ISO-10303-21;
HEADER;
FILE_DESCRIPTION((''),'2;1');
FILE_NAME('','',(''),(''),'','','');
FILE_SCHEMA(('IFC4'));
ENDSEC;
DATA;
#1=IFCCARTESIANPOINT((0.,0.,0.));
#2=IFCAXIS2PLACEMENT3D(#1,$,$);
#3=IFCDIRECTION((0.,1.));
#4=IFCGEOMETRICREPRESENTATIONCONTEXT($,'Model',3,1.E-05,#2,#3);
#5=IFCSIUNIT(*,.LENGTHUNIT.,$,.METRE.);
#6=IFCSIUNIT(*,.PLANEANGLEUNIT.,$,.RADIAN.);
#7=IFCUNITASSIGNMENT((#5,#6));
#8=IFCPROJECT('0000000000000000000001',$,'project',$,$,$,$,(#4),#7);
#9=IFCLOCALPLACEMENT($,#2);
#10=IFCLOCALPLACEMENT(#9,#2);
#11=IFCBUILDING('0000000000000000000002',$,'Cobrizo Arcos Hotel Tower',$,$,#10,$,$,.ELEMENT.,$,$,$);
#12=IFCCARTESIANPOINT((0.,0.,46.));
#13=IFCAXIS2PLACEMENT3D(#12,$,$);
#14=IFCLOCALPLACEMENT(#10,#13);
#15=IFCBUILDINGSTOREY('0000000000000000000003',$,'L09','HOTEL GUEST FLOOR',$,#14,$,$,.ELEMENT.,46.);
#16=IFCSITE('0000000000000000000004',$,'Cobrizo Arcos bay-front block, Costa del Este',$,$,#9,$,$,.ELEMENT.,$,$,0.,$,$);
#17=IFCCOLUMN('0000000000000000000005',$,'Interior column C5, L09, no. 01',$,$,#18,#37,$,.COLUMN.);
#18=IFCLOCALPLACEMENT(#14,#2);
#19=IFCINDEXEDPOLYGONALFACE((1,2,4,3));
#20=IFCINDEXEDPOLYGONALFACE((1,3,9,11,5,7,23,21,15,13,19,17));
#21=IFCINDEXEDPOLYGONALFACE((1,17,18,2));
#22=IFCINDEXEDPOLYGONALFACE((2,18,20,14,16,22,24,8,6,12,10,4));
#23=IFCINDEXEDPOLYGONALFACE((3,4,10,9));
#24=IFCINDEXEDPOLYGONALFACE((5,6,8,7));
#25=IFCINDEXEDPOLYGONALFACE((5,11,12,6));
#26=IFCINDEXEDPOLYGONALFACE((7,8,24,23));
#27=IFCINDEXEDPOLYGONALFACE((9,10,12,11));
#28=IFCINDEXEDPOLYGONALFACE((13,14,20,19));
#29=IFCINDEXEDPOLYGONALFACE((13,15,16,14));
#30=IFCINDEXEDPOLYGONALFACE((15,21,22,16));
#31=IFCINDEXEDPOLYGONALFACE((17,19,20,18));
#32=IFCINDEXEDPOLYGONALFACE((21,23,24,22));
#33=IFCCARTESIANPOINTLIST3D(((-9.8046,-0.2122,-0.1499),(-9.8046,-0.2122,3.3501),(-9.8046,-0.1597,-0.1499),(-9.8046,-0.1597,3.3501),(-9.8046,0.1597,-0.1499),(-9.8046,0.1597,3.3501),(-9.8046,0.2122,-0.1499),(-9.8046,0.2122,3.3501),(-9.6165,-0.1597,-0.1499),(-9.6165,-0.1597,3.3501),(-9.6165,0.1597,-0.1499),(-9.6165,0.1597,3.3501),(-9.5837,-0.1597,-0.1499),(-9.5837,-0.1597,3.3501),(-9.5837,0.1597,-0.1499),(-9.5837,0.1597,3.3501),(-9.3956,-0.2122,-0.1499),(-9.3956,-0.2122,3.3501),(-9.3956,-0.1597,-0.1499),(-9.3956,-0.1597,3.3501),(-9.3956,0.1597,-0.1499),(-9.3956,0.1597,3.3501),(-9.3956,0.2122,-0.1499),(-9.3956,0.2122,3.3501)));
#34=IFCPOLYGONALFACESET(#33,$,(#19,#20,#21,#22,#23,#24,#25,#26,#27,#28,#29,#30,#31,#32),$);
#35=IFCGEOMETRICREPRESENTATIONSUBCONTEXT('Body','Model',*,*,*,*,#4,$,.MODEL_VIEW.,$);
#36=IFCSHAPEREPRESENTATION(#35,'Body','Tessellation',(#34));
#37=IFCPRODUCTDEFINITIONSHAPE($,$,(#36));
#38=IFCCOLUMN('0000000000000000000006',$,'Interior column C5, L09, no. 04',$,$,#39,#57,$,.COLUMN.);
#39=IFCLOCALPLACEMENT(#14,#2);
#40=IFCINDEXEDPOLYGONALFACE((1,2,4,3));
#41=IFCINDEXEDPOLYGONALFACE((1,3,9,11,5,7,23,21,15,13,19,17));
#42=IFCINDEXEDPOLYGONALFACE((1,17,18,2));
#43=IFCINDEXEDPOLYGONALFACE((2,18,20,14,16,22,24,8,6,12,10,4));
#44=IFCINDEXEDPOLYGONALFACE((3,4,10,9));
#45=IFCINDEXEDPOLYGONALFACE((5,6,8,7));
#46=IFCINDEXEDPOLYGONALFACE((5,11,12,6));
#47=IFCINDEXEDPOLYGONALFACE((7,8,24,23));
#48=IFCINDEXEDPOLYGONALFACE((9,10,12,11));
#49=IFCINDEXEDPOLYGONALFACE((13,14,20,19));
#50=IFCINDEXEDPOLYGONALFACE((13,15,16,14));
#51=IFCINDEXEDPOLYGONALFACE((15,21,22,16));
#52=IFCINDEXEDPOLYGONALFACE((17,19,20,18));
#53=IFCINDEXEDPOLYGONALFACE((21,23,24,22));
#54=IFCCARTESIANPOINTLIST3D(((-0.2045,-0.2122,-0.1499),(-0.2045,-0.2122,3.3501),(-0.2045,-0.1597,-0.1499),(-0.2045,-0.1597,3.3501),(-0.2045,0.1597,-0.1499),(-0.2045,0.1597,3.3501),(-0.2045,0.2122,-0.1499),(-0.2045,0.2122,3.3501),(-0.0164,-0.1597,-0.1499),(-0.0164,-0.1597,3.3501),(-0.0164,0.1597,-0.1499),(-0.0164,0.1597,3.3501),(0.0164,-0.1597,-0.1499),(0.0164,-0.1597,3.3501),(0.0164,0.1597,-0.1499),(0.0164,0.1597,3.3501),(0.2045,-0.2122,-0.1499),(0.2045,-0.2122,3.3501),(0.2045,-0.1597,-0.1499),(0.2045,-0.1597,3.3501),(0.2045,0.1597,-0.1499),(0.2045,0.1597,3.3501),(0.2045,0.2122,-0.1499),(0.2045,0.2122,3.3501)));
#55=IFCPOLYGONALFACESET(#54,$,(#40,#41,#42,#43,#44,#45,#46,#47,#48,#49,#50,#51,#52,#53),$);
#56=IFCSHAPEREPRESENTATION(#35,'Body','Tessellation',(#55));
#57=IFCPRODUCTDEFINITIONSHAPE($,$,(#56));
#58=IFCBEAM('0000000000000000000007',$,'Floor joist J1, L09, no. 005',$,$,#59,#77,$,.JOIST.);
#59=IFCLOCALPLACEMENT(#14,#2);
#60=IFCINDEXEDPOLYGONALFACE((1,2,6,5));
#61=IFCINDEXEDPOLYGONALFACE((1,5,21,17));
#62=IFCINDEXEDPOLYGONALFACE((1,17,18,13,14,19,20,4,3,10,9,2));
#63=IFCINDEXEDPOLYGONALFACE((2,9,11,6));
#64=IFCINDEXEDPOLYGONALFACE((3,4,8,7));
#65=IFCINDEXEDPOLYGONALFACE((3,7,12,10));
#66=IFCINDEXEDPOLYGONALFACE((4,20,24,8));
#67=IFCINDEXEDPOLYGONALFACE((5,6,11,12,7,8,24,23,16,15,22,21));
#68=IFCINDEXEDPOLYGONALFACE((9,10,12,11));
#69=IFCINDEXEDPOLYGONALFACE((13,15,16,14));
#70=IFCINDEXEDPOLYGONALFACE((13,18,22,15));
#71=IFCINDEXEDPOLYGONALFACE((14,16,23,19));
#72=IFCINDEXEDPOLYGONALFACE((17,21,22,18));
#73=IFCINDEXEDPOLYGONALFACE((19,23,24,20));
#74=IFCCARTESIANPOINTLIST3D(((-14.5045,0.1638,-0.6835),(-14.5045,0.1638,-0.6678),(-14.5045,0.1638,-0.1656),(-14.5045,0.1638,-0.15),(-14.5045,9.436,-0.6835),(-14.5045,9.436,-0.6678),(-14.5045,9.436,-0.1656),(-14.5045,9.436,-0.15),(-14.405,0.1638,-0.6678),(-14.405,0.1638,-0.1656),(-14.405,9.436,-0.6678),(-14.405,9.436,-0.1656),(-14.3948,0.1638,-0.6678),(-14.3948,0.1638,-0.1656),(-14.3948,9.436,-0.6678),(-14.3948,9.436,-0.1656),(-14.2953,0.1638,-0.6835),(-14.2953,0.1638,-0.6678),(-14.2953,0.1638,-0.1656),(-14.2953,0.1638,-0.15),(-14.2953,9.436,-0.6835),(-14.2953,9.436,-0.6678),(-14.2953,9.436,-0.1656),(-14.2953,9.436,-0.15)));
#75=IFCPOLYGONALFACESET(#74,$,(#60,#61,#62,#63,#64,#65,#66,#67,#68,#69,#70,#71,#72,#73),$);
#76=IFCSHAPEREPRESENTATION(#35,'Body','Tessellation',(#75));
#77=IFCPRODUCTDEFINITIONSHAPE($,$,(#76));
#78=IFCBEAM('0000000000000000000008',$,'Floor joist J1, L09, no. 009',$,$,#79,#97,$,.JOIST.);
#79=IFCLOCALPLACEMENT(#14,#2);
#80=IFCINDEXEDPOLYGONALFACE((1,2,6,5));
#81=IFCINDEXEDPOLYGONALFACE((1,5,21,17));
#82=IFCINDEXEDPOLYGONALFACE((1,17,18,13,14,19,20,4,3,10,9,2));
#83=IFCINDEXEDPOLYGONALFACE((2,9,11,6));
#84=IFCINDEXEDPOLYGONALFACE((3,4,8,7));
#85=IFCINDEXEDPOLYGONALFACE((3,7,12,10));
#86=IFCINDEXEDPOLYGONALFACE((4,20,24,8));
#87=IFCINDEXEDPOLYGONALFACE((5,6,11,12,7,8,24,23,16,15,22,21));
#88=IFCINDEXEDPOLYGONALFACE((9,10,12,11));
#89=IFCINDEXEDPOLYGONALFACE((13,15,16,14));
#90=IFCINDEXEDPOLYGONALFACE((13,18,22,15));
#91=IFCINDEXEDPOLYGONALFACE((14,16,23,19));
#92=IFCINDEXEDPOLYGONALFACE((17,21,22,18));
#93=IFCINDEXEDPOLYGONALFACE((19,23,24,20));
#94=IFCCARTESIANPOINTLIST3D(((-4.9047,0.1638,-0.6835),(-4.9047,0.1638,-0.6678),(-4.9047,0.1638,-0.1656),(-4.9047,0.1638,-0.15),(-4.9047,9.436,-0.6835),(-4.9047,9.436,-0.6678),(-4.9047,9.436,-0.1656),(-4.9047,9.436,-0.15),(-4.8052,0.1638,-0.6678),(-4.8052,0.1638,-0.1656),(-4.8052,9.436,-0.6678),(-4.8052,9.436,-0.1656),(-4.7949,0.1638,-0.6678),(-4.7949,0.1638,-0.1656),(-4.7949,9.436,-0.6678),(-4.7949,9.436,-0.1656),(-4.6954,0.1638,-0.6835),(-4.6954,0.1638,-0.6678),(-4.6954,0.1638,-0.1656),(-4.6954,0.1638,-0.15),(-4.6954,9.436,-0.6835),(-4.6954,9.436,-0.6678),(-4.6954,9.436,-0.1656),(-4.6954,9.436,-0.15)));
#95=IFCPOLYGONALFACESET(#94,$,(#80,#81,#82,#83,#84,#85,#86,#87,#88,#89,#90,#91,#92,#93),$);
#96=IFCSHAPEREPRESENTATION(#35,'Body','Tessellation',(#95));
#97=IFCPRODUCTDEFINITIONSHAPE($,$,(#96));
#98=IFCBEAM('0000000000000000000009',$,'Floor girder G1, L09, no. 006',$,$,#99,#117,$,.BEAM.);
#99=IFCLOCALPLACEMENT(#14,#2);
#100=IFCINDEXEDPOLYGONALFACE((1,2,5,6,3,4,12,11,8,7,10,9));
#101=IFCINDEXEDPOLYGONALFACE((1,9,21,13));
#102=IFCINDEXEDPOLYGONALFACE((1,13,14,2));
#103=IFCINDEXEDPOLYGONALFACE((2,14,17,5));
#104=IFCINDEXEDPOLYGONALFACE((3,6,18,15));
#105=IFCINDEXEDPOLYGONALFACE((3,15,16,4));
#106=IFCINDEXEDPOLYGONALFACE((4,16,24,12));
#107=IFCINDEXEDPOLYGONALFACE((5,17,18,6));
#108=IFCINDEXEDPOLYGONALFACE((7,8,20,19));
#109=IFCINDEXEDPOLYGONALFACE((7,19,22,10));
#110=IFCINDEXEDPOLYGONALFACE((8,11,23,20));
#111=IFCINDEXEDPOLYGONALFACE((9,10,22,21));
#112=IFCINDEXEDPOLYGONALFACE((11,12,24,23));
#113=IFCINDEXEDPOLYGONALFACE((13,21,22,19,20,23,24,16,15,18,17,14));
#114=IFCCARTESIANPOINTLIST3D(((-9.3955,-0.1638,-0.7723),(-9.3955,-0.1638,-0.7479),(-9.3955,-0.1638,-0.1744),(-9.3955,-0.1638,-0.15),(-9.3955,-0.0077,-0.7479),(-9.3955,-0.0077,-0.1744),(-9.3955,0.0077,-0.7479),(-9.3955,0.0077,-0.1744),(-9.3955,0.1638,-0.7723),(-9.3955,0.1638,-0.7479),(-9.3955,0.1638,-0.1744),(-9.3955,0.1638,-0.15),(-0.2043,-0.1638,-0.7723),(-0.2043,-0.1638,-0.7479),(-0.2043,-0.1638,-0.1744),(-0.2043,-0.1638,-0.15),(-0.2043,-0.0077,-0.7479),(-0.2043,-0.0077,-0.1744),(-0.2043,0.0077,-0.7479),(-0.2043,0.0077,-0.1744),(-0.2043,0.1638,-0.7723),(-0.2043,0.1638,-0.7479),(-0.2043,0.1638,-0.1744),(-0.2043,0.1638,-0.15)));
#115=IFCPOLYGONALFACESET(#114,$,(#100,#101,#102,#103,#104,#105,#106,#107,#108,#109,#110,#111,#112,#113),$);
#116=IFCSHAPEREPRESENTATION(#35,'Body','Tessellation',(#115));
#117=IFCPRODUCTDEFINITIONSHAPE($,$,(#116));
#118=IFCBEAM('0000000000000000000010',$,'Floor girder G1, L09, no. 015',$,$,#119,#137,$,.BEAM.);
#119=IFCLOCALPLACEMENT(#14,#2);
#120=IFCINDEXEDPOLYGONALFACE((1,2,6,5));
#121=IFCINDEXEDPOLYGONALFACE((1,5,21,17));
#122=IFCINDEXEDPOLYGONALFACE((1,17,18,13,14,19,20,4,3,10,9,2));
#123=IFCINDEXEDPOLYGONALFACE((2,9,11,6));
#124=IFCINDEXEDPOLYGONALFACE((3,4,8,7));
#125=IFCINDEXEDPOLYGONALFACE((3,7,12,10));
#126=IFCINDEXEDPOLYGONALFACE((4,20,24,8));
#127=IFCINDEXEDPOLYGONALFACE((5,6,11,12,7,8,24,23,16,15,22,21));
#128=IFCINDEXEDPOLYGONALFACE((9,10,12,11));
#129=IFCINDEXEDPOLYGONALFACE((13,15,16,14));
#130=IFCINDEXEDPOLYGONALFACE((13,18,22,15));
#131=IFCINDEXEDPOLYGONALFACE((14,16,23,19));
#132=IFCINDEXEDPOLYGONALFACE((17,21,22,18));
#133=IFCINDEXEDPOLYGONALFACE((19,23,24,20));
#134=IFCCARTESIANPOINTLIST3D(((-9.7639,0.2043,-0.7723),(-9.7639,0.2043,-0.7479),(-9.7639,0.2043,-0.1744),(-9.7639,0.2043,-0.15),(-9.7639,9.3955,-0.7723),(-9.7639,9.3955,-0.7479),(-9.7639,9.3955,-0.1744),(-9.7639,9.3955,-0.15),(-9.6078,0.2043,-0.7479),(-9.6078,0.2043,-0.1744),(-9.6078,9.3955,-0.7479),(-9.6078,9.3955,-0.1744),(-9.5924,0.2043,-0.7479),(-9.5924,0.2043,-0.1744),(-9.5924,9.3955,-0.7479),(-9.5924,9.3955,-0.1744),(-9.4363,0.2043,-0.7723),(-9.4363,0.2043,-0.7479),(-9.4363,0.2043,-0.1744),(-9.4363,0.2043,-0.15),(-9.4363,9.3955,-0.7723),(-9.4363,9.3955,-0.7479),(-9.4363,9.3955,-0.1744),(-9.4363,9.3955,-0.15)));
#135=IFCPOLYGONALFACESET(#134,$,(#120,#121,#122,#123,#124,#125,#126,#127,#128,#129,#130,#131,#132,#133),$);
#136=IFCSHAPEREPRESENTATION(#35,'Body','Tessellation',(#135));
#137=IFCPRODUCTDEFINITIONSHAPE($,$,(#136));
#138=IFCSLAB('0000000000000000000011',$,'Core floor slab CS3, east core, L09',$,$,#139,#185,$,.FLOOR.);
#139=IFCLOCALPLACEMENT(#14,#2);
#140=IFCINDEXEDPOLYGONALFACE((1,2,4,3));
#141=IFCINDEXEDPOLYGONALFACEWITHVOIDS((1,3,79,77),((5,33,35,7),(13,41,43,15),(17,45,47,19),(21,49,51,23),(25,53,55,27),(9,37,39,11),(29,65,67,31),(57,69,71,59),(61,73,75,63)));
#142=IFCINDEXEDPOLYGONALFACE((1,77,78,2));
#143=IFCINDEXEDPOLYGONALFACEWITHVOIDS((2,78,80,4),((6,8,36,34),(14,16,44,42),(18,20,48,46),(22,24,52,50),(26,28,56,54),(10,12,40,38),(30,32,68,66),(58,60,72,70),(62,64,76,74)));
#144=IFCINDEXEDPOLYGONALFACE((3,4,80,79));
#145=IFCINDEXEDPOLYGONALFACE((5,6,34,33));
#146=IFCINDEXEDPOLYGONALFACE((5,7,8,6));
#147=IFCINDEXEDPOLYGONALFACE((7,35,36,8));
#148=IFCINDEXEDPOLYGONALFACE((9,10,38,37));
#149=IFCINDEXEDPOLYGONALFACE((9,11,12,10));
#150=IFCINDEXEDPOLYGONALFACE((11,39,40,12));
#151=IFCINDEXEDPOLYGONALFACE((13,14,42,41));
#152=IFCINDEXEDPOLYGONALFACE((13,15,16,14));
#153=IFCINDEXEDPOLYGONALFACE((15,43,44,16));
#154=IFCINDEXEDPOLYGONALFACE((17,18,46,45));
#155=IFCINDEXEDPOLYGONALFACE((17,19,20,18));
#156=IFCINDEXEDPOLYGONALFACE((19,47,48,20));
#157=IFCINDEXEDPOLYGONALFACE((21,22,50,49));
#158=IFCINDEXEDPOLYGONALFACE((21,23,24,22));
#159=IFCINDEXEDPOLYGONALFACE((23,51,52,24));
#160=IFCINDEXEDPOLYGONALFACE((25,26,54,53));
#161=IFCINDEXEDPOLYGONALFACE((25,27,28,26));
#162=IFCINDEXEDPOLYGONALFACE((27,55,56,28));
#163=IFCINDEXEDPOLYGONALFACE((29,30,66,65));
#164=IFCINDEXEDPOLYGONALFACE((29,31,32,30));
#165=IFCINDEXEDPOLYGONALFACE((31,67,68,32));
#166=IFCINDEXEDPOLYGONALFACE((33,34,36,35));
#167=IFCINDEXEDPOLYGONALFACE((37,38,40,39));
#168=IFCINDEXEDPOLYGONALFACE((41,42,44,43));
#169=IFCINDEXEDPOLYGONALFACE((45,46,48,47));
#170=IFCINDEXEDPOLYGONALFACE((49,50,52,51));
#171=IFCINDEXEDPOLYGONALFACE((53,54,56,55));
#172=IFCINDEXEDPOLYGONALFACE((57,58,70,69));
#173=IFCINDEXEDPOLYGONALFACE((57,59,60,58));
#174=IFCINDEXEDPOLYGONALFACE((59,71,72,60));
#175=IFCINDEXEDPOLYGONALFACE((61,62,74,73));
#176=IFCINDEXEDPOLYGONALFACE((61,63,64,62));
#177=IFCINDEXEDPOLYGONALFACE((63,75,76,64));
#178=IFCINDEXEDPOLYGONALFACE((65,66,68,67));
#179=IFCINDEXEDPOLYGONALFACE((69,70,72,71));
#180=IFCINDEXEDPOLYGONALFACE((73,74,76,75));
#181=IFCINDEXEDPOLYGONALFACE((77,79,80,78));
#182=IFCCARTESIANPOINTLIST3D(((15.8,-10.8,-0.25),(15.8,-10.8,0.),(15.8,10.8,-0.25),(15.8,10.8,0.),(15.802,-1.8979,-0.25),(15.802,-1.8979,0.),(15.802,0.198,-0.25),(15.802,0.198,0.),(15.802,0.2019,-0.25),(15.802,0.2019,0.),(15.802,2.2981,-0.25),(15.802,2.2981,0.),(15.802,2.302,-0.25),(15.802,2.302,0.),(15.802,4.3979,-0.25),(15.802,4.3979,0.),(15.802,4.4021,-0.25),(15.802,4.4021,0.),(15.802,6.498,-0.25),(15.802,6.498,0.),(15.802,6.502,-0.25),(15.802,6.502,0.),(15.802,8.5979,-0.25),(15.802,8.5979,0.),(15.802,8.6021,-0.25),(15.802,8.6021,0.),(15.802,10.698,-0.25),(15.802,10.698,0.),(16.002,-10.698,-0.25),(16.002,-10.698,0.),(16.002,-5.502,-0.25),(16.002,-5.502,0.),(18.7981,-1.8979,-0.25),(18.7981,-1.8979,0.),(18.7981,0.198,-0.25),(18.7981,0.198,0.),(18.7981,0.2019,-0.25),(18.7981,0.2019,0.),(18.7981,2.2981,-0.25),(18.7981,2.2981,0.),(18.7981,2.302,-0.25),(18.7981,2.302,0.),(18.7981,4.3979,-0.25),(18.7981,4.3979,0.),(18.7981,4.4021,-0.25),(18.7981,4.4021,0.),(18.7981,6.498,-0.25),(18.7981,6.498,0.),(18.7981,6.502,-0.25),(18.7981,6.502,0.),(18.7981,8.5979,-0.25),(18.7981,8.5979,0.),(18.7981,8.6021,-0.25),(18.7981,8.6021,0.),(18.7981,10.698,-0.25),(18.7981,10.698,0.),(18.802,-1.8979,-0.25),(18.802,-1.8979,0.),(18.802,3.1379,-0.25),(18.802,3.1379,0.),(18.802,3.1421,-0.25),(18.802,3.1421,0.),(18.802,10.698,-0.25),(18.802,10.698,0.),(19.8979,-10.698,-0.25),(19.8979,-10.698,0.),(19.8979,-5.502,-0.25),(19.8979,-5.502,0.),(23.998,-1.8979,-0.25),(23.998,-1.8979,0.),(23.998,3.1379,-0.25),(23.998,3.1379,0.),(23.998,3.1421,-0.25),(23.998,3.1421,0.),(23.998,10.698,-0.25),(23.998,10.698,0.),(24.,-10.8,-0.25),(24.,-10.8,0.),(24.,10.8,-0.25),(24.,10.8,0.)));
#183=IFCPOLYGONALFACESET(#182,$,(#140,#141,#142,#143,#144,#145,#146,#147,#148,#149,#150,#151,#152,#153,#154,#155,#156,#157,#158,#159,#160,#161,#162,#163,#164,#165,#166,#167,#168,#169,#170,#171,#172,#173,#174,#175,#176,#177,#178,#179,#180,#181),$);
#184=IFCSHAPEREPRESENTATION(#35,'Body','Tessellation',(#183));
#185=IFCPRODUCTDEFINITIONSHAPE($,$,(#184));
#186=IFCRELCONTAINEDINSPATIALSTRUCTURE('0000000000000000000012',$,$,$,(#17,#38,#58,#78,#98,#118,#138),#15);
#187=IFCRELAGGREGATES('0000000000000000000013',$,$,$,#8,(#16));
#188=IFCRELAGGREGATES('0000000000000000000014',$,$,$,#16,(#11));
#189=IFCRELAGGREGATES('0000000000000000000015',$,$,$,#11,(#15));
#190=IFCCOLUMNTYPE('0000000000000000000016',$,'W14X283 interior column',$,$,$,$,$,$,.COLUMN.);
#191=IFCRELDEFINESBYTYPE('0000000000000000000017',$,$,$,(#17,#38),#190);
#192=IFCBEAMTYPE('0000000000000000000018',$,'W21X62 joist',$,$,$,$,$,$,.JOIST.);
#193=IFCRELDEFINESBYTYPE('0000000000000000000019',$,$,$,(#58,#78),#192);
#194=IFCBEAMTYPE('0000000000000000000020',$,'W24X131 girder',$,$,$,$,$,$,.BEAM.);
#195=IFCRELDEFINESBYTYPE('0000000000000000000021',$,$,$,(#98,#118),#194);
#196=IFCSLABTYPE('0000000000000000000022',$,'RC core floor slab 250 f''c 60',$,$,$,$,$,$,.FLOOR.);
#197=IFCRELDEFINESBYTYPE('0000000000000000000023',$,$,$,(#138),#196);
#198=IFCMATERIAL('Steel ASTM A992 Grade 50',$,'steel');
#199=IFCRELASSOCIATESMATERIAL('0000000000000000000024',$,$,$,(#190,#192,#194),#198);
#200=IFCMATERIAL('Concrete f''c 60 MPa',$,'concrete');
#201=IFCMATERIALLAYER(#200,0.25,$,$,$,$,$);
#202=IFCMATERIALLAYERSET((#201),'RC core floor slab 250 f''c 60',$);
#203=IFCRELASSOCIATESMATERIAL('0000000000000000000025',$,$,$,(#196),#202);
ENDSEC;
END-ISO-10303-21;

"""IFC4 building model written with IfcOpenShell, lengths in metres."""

from ifc_helpers import new_model, si_unit, direction, frame, origin, origin_2d, place, context, subcontext, project, spatial, polyline, i_section, outline, extrude, material, layer, layer_set, material_profile, profile_set, type_object, element, save


model = new_model("IFC4")

# Units and contexts
model_context = context("Model", 3, precision=1e-05, world=origin(), true_north=direction((0.0, 1.0)))
body_context = subcontext(model_context, "Body", "Model", "MODEL_VIEW")
ifc_project = project(units=[si_unit("LENGTHUNIT", "METRE"), si_unit("PLANEANGLEUNIT", "RADIAN")], contexts=[model_context])

# Site, building, storey
site_placement = place(None, origin())
site = spatial("IfcSite", under=ifc_project, at=site_placement, Name="Cobrizo Arcos bay-front block, Costa del Este", CompositionType="ELEMENT", RefElevation=0.0)
building_placement = place(site_placement, origin())
building = spatial("IfcBuilding", under=site, at=building_placement, Name="Cobrizo Arcos Hotel Tower", CompositionType="ELEMENT")
storey_placement = place(building_placement, frame((0.0, 0.0, 46.0)))
storey = spatial("IfcBuildingStorey", under=building, at=storey_placement, Name="L09", Description="HOTEL GUEST FLOOR", CompositionType="ELEMENT", Elevation=46.0)

# Columns
ifc_material_1 = material(Name="Steel ASTM A992 Grade 50", Category="steel")
ifc_material_profile_1 = material_profile(ifc_material_1, i_section(OverallWidth=0.4089, OverallDepth=0.4243, WebThickness=0.0327, FlangeThickness=0.0525, at=origin_2d()), Name="W14X283")
ifc_profile_set_1 = profile_set([ifc_material_profile_1], Name="Steel ASTM A992 Grade 50")
column_type = type_object("IfcColumnType", Name="W14X283 interior column", PredefinedType="COLUMN", material=ifc_profile_set_1)
for number, where, z_axis, x_axis, name in (
    (1, (-9.6001, 0.0, -0.1499), (0.0, 0.0, 1.0), (1.0, 0.0, 0.0), "Interior column C5, L09, no. 01"),
    (2, (0.0, 0.0, -0.1499), (0.0, 0.0, 1.0), (1.0, 0.0, 0.0), "Interior column C5, L09, no. 04"),
):
    element("IfcColumn", number, at=place(storey_placement, frame(where, z_axis=z_axis, x_axis=x_axis)), inside=storey, type_object=column_type, Name=name, PredefinedType="COLUMN", context=body_context, shape_type="SweptSolid", body=[
        extrude(i_section(OverallWidth=0.4089, OverallDepth=0.4243, WebThickness=0.0327, FlangeThickness=0.0525, at=origin_2d()), origin(), (0.0, 0.0, 1.0), 3.5),
    ])

# Beams
ifc_material_profile_2 = material_profile(ifc_material_1, i_section(OverallWidth=0.2092, OverallDepth=0.5334, WebThickness=0.0103, FlangeThickness=0.0156, at=origin_2d()), Name="W21X62")
ifc_profile_set_2 = profile_set([ifc_material_profile_2], Name="Steel ASTM A992 Grade 50")
beam_type_1 = type_object("IfcBeamType", Name="W21X62 joist", PredefinedType="JOIST", material=ifc_profile_set_2)
for number, where, z_axis, x_axis, name in (
    (3, (-14.3999, 0.1638, -0.4167), (0.0, 1.0, 0.0), (-1.0, 0.0, 0.0), "Floor joist J1, L09, no. 005"),
    (4, (-4.8, 0.1638, -0.4167), (0.0, 1.0, 0.0), (-1.0, 0.0, 0.0), "Floor joist J1, L09, no. 009"),
):
    element("IfcBeam", number, at=place(storey_placement, frame(where, z_axis=z_axis, x_axis=x_axis)), inside=storey, type_object=beam_type_1, Name=name, PredefinedType="JOIST", context=body_context, shape_type="SweptSolid", body=[
        extrude(i_section(OverallWidth=0.2092, OverallDepth=0.5334, WebThickness=0.0103, FlangeThickness=0.0156, at=origin_2d()), origin(), (0.0, 0.0, 1.0), 9.2722),
    ])
ifc_material_profile_3 = material_profile(ifc_material_1, i_section(OverallWidth=0.3276, OverallDepth=0.6223, WebThickness=0.0154, FlangeThickness=0.0244, at=origin_2d()), Name="W24X131")
ifc_profile_set_3 = profile_set([ifc_material_profile_3], Name="Steel ASTM A992 Grade 50")
beam_type_2 = type_object("IfcBeamType", Name="W24X131 girder", PredefinedType="BEAM", material=ifc_profile_set_3)
for number, where, z_axis, x_axis, name in (
    (5, (-9.3955, 0.0, -0.4612), (1.0, 0.0, 0.0), (0.0, 1.0, 0.0), "Floor girder G1, L09, no. 006"),
    (6, (-9.6001, 0.2043, -0.4612), (0.0, 1.0, 0.0), (-1.0, 0.0, 0.0), "Floor girder G1, L09, no. 015"),
):
    element("IfcBeam", number, at=place(storey_placement, frame(where, z_axis=z_axis, x_axis=x_axis)), inside=storey, type_object=beam_type_2, Name=name, PredefinedType="BEAM", context=body_context, shape_type="SweptSolid", body=[
        extrude(i_section(OverallWidth=0.3276, OverallDepth=0.6223, WebThickness=0.0154, FlangeThickness=0.0244, at=origin_2d()), origin(), (0.0, 0.0, 1.0), 9.1912),
    ])

# Slab
ifc_material_2 = material(Name="Concrete f'c 60 MPa", Category="concrete")
ifc_layer_1 = layer(ifc_material_2, 0.25)
ifc_layer_set_1 = layer_set([ifc_layer_1], Name="RC core floor slab 250 f'c 60")
slab_type = type_object("IfcSlabType", Name="RC core floor slab 250 f'c 60", PredefinedType="FLOOR", material=ifc_layer_set_1)
slab_placement = place(storey_placement, frame((0.0, 0.0, -0.25)))
element("IfcSlab", 7, at=slab_placement, inside=storey, type_object=slab_type, Name="Core floor slab CS3, east core, L09", PredefinedType="FLOOR", context=body_context, shape_type="SweptSolid", body=[
    extrude(outline(polyline([(15.8, 10.8), (24.0, 10.8), (24.0, -10.8), (15.8, -10.8), (15.8, 10.8)]), holes=[polyline([(19.8979, -10.698), (19.8979, -5.502), (16.002, -5.502), (16.002, -10.698), (19.8979, -10.698)]), polyline([(18.7981, 0.198), (15.802, 0.198), (15.802, -1.8979), (18.7981, -1.8979), (18.7981, 0.198)]), polyline([(23.998, 3.1379), (18.802, 3.1379), (18.802, -1.8979), (23.998, -1.8979), (23.998, 3.1379)]), polyline([(18.7981, 2.2981), (15.802, 2.2981), (15.802, 0.2019), (18.7981, 0.2019), (18.7981, 2.2981)]), polyline([(18.7981, 4.3979), (15.802, 4.3979), (15.802, 2.302), (18.7981, 2.302), (18.7981, 4.3979)]), polyline([(18.7981, 6.498), (15.802, 6.498), (15.802, 4.4021), (18.7981, 4.4021), (18.7981, 6.498)]), polyline([(23.998, 10.698), (18.802, 10.698), (18.802, 3.1421), (23.998, 3.1421), (23.998, 10.698)]), polyline([(18.7981, 8.5979), (15.802, 8.5979), (15.802, 6.502), (18.7981, 6.502), (18.7981, 8.5979)]), polyline([(18.7981, 10.698), (15.802, 10.698), (15.802, 8.6021), (18.7981, 8.6021), (18.7981, 10.698)])]), origin(), (0.0, 0.0, 1.0), 0.25),
])

save(model, "model.ifc")
